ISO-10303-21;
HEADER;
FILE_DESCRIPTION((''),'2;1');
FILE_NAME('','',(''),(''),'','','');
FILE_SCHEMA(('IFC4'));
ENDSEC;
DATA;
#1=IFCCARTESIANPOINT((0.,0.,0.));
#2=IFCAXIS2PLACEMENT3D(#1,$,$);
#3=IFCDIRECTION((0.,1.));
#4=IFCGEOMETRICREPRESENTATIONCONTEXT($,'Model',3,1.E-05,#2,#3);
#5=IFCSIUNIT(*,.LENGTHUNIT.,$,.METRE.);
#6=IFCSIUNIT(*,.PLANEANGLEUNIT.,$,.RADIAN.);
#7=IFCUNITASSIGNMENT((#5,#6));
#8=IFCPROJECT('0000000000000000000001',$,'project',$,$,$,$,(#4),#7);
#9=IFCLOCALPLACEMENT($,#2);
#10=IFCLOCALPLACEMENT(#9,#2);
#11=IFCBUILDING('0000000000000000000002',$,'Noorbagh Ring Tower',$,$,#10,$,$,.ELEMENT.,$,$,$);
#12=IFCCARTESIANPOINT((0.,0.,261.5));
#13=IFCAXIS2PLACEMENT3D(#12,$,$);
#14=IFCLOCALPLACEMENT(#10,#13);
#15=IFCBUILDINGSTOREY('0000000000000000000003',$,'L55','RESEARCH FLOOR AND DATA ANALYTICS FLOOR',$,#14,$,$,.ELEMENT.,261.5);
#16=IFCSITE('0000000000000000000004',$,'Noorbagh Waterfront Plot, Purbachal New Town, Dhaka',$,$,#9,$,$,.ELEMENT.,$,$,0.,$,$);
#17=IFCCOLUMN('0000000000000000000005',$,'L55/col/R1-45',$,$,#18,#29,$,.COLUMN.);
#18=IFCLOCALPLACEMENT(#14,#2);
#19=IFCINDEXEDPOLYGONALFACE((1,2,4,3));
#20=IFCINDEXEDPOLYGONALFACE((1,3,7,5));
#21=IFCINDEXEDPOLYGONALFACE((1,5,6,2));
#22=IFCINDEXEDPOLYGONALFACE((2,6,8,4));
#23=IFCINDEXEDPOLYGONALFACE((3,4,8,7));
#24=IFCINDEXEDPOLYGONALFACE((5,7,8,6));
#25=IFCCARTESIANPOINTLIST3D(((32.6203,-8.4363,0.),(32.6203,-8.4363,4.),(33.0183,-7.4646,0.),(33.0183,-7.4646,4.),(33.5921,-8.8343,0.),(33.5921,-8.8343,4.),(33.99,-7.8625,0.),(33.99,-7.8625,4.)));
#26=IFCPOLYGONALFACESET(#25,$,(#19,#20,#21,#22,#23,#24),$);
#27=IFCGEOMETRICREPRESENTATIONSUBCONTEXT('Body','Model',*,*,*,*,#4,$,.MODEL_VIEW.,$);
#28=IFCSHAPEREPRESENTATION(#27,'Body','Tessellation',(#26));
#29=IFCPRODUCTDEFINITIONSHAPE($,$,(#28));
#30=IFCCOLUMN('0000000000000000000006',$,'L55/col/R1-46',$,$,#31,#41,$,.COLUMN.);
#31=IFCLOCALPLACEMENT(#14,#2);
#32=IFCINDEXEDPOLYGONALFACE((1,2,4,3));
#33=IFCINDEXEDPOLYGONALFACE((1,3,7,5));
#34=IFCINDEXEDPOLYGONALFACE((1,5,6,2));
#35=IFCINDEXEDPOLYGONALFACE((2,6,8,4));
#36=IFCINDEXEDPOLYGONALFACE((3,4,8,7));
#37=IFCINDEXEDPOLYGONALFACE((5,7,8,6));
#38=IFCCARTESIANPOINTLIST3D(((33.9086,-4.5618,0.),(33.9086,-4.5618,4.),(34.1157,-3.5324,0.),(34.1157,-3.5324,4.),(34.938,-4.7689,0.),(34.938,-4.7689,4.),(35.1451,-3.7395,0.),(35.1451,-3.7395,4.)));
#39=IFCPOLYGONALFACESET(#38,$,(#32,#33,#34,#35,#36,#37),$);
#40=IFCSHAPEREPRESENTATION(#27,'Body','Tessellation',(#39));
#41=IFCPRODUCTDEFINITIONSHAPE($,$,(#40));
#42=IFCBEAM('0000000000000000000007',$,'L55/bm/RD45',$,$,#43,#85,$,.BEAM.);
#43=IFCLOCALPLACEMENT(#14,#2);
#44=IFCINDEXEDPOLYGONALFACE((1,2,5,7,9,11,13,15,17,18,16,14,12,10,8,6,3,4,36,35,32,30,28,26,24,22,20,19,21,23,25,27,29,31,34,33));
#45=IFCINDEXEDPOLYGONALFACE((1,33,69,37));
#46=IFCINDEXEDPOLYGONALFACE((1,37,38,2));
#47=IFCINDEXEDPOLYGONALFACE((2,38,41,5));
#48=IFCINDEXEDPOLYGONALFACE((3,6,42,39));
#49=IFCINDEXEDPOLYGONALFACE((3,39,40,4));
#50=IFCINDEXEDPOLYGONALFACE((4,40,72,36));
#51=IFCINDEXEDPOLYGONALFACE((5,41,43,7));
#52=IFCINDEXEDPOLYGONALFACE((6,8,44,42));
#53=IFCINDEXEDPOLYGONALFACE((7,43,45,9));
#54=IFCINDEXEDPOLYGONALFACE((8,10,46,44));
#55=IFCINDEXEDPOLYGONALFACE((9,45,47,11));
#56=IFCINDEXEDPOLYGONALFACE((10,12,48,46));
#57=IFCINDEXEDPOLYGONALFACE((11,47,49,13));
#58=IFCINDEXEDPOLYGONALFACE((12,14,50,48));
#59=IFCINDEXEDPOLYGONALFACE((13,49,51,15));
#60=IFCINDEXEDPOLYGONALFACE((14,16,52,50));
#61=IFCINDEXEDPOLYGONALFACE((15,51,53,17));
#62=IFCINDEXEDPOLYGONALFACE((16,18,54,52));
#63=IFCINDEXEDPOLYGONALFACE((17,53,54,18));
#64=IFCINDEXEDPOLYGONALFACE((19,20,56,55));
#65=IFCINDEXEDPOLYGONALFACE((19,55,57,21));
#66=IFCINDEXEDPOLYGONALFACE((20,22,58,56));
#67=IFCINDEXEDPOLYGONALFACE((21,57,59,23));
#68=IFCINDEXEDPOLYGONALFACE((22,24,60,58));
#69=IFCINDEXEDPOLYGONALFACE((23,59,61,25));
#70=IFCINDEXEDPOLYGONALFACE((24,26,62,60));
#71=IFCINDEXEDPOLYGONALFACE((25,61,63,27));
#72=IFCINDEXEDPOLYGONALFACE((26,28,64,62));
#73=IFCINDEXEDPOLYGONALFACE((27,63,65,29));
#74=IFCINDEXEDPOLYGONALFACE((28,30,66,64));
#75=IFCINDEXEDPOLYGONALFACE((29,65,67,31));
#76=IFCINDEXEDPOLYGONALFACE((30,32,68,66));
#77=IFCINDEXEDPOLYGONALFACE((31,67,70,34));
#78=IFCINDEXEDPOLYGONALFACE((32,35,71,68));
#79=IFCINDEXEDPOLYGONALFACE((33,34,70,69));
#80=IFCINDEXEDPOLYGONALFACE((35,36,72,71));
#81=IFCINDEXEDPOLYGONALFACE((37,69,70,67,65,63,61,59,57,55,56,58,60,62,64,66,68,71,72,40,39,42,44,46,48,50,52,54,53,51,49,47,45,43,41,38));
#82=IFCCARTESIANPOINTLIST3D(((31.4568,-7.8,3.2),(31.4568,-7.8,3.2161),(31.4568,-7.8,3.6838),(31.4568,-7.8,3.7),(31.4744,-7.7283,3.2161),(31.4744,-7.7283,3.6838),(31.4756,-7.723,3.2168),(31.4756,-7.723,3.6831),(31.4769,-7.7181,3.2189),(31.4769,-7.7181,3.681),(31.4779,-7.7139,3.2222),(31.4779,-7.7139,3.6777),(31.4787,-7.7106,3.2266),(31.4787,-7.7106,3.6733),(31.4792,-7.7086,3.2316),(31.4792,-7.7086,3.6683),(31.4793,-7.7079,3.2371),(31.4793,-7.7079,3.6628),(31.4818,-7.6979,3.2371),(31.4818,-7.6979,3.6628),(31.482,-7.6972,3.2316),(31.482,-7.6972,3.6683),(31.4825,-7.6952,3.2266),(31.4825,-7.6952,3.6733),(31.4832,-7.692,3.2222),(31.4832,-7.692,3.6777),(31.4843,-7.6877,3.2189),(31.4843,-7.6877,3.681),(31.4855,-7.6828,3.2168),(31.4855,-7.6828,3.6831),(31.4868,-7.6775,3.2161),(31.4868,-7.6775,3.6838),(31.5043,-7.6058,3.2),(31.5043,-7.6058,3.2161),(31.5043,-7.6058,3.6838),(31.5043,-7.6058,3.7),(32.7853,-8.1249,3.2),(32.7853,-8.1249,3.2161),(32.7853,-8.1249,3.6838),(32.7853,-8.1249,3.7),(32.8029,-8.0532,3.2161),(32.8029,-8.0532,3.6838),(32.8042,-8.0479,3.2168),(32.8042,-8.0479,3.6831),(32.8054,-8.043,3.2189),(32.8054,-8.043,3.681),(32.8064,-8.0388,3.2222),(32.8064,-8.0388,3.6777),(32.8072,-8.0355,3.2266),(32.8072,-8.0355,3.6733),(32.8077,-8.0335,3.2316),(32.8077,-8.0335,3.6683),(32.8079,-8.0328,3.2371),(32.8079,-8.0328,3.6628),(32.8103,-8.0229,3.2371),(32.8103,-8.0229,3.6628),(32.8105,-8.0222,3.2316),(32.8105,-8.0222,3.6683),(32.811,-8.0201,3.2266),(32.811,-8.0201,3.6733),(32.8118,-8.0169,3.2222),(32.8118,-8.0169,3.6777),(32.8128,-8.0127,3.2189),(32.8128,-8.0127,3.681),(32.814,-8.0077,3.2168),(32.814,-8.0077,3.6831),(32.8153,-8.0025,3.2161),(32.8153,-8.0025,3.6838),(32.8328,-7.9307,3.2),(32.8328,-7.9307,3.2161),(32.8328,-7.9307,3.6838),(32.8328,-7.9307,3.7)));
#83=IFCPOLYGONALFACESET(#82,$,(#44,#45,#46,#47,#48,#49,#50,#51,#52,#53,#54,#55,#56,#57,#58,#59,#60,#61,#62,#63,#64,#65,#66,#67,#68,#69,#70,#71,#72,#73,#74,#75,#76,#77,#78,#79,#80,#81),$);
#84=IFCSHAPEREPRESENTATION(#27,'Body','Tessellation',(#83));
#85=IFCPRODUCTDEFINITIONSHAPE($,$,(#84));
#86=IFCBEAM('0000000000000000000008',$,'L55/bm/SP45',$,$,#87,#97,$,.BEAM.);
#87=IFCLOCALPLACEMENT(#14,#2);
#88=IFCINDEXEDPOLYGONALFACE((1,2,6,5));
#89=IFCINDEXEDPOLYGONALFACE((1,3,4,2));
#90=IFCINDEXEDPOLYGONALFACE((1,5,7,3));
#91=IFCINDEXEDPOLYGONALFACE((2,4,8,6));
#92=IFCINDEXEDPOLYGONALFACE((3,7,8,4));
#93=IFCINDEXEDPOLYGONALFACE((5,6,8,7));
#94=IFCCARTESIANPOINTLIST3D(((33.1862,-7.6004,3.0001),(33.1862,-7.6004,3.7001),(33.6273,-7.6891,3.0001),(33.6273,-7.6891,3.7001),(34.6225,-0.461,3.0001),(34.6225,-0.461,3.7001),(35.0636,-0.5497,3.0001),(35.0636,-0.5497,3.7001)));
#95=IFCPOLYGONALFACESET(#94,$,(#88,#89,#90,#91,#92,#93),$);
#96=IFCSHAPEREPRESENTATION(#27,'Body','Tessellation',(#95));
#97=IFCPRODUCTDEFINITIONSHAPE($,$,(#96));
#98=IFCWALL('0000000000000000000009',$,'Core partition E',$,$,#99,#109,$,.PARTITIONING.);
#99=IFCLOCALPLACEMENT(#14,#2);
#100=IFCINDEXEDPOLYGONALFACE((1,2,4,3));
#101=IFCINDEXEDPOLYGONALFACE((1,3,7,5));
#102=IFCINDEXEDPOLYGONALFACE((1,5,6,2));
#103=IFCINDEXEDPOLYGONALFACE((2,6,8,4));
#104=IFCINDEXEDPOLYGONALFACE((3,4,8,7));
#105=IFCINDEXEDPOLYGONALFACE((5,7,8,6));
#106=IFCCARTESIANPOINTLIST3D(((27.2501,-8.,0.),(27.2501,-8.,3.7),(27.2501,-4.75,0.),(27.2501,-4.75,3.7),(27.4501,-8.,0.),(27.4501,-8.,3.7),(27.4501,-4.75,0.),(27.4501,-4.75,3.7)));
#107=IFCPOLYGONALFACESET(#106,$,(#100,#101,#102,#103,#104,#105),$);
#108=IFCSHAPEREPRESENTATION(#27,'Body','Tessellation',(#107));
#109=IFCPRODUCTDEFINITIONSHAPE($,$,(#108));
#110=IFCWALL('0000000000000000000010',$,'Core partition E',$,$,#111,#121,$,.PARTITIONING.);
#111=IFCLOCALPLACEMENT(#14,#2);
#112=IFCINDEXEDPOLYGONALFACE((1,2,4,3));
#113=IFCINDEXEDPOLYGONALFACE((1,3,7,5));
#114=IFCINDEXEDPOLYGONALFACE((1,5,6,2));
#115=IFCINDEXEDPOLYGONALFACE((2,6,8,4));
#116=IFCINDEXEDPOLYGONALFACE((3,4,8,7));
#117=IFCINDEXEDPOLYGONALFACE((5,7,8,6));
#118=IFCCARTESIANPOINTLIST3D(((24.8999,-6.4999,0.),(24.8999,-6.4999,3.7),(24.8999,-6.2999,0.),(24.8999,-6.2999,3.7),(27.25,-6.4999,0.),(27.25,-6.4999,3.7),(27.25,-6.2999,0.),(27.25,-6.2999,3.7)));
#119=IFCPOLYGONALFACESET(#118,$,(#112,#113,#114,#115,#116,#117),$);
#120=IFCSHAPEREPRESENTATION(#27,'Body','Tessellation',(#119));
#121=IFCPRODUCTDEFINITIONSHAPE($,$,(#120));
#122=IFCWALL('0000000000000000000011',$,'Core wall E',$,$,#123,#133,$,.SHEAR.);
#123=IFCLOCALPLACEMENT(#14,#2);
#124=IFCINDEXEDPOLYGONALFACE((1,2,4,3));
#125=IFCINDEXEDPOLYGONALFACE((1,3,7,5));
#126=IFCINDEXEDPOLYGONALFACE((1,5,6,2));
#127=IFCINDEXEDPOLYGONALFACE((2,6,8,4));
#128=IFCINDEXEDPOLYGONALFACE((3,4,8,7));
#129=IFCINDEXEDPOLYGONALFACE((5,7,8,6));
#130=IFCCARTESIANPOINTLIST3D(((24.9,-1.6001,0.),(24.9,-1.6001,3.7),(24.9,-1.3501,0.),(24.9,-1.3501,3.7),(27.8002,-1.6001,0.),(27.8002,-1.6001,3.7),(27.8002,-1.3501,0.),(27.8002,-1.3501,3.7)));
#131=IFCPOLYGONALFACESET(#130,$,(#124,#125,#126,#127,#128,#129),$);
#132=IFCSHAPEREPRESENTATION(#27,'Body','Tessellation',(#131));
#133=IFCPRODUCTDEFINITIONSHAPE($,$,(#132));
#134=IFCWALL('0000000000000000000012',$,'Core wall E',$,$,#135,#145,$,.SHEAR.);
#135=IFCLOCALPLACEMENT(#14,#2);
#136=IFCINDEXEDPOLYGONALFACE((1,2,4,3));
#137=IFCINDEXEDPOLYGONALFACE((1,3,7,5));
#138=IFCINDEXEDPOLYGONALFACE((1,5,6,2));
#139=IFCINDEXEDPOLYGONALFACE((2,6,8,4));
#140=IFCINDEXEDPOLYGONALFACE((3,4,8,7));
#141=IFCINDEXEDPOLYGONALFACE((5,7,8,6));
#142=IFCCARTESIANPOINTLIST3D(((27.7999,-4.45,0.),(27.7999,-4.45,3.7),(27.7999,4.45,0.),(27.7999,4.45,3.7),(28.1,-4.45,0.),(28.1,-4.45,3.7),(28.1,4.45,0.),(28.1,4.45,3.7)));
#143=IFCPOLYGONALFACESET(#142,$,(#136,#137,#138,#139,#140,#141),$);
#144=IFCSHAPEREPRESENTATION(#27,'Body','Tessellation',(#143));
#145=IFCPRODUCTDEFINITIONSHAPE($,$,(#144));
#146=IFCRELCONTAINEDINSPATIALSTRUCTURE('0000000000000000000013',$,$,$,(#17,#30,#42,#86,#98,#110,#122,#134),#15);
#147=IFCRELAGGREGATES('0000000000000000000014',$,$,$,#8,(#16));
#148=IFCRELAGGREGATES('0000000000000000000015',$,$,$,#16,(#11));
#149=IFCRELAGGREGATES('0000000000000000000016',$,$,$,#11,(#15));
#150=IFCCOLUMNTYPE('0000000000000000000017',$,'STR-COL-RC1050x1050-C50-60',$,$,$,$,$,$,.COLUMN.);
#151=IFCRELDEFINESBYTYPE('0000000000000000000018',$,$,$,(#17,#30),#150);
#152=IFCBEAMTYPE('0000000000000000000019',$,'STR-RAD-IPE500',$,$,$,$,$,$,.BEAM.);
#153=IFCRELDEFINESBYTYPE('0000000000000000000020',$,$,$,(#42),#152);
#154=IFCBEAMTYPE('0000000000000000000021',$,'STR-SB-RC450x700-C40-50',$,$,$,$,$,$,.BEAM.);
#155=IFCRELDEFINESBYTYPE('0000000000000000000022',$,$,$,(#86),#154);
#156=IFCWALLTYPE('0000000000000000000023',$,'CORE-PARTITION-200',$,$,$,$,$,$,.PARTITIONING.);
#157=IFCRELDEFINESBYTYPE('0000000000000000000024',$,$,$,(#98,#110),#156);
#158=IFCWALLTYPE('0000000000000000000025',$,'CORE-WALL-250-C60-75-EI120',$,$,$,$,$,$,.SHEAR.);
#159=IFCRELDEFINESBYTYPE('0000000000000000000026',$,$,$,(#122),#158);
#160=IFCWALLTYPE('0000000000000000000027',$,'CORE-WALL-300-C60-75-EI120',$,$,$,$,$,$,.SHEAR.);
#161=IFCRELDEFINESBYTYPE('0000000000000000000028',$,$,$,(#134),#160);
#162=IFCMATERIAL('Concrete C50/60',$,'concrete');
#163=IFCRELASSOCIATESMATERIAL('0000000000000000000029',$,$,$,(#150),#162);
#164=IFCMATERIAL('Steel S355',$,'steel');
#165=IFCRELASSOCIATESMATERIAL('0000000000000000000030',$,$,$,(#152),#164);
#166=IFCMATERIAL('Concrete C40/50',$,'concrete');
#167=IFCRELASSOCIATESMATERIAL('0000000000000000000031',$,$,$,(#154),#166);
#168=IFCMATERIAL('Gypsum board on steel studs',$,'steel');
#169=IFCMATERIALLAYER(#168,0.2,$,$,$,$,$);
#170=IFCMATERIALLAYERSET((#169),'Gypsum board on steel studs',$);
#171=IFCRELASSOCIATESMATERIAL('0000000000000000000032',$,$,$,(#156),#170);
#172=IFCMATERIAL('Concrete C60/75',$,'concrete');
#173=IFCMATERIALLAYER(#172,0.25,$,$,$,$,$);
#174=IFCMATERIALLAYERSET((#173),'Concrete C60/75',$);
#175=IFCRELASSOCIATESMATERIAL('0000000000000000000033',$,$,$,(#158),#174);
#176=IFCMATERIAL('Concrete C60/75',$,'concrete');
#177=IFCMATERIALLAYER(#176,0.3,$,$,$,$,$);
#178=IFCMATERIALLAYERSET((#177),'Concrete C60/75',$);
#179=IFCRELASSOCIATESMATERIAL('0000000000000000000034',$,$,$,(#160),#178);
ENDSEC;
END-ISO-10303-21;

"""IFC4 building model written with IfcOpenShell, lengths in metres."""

from ifc_helpers import new_model, si_unit, direction, frame, frame_2d, origin, origin_2d, place, context, subcontext, project, spatial, rectangle, i_section, extrude, material, layer, layer_set, material_profile, profile_set, type_object, element, save


model = new_model("IFC4")

# Units and contexts
model_context = context("Model", 3, precision=1e-05, world=origin(), true_north=direction((0.0, 1.0)))
body_context = subcontext(model_context, "Body", "Model", "MODEL_VIEW")
ifc_project = project(units=[si_unit("LENGTHUNIT", "METRE"), si_unit("PLANEANGLEUNIT", "RADIAN")], contexts=[model_context])

# Site, building, storey
site_placement = place(None, origin())
site = spatial("IfcSite", under=ifc_project, at=site_placement, Name="Noorbagh Waterfront Plot, Purbachal New Town, Dhaka", CompositionType="ELEMENT", RefElevation=0.0)
building_placement = place(site_placement, origin())
building = spatial("IfcBuilding", under=site, at=building_placement, Name="Noorbagh Ring Tower", CompositionType="ELEMENT")
storey_placement = place(building_placement, frame((0.0, 0.0, 261.5)))
storey = spatial("IfcBuildingStorey", under=building, at=storey_placement, Name="L55", Description="RESEARCH FLOOR AND DATA ANALYTICS FLOOR", CompositionType="ELEMENT", Elevation=261.5)

# Columns
ifc_material_1 = material(Name="Concrete C50/60", Category="concrete")
ifc_material_profile_1 = material_profile(ifc_material_1, rectangle(XDim=1.05, YDim=1.05, at=origin_2d()), Name="RC1050x1050")
ifc_profile_set_1 = profile_set([ifc_material_profile_1], Name="Concrete C50/60")
column_type = type_object("IfcColumnType", Name="STR-COL-RC1050x1050-C50-60", PredefinedType="COLUMN", material=ifc_profile_set_1)
for number, where, z_axis, x_axis, name in (
    (1, (33.3052, -8.1494, 0.0), (0.0, 0.0, 1.0), (0.378989, 0.925401, 0.0), "L55/col/R1-45"),
    (2, (34.5269, -4.1506, 0.0), (0.0, 0.0, 1.0), (0.19723, 0.980357, 0.0), "L55/col/R1-46"),
):
    element("IfcColumn", number, at=place(storey_placement, frame(where, z_axis=z_axis, x_axis=x_axis)), inside=storey, type_object=column_type, Name=name, PredefinedType="COLUMN", context=body_context, shape_type="SweptSolid", body=[
        extrude(rectangle(XDim=1.05, YDim=1.05, at=origin_2d()), origin(), (0.0, 0.0, 1.0), 4.0),
    ])

# Beams
ifc_material_2 = material(Name="Steel S355", Category="steel")
ifc_material_profile_2 = material_profile(ifc_material_2, i_section(OverallWidth=0.2, OverallDepth=0.5, WebThickness=0.0103, FlangeThickness=0.0161, FilletRadius=0.021, at=origin_2d()), Name="IPE500")
ifc_profile_set_2 = profile_set([ifc_material_profile_2], Name="Steel S355")
beam_type_1 = type_object("IfcBeamType", Name="STR-RAD-IPE500", PredefinedType="BEAM", material=ifc_profile_set_2)
beam_1_placement = place(storey_placement, frame((32.8091, -8.0278, 3.45), z_axis=(-0.971369, 0.237577, 0.0), x_axis=(-0.237577, -0.971369, 0.0)))
element("IfcBeam", 3, at=beam_1_placement, inside=storey, type_object=beam_type_1, Name="L55/bm/RD45", PredefinedType="BEAM", context=body_context, shape_type="SweptSolid", body=[
    extrude(i_section(OverallWidth=0.2, OverallDepth=0.5, WebThickness=0.0103, FlangeThickness=0.0161, FilletRadius=0.021, at=origin_2d()), origin(), (0.0, 0.0, 1.0), 1.3677),
])
ifc_material_3 = material(Name="Concrete C40/50", Category="concrete")
ifc_material_profile_3 = material_profile(ifc_material_3, rectangle(XDim=0.45, YDim=0.7, at=origin_2d()), Name="RC450x700")
ifc_profile_set_3 = profile_set([ifc_material_profile_3], Name="Concrete C40/50")
beam_type_2 = type_object("IfcBeamType", Name="STR-SB-RC450x700-C40-50", PredefinedType="BEAM", material=ifc_profile_set_3)
beam_2_placement = place(storey_placement, frame((33.4067, -7.6448, 3.3501), z_axis=(0.197225, 0.980358, 0.0), x_axis=(-0.980358, 0.197225, 0.0)))
element("IfcBeam", 4, at=beam_2_placement, inside=storey, type_object=beam_type_2, Name="L55/bm/SP45", PredefinedType="BEAM", context=body_context, shape_type="SweptSolid", body=[
    extrude(rectangle(XDim=0.45, YDim=0.7, at=origin_2d()), origin(), (0.0, 0.0, 1.0), 7.2825),
])

# Walls
ifc_material_4 = material(Name="Gypsum board on steel studs", Category="steel")
ifc_layer_1 = layer(ifc_material_4, 0.2)
ifc_layer_set_1 = layer_set([ifc_layer_1], Name="Gypsum board on steel studs")
wall_type_1 = type_object("IfcWallType", Name="CORE-PARTITION-200", PredefinedType="PARTITIONING", material=ifc_layer_set_1)
wall_1_placement = place(storey_placement, frame((27.3501, -8.0, 0.0), z_axis=(0.0, 0.0, 1.0), x_axis=(0.0, 1.0, 0.0)))
element("IfcWall", 5, at=wall_1_placement, inside=storey, type_object=wall_type_1, Name="Core partition E", PredefinedType="PARTITIONING", context=body_context, shape_type="SweptSolid", body=[
    extrude(rectangle(XDim=3.25, YDim=0.2, at=frame_2d((1.625, 0.0))), origin(), (0.0, 0.0, 1.0), 3.7),
])
wall_2_placement = place(storey_placement, frame((24.8999, -6.3999, 0.0), z_axis=(0.0, 0.0, 1.0), x_axis=(1.0, 0.0, 0.0)))
element("IfcWall", 6, at=wall_2_placement, inside=storey, type_object=wall_type_1, Name="Core partition E", PredefinedType="PARTITIONING", context=body_context, shape_type="SweptSolid", body=[
    extrude(rectangle(XDim=2.3501, YDim=0.2, at=frame_2d((1.175, 0.0))), origin(), (0.0, 0.0, 1.0), 3.7),
])
ifc_material_5 = material(Name="Concrete C60/75", Category="concrete")
ifc_layer_2 = layer(ifc_material_5, 0.25)
ifc_layer_set_2 = layer_set([ifc_layer_2], Name="Concrete C60/75")
wall_type_2 = type_object("IfcWallType", Name="CORE-WALL-250-C60-75-EI120", PredefinedType="SHEAR", material=ifc_layer_set_2)
wall_3_placement = place(storey_placement, frame((24.8999, -1.4751, 0.0), z_axis=(0.0, 0.0, 1.0), x_axis=(1.0, 0.0, 0.0)))
element("IfcWall", 7, at=wall_3_placement, inside=storey, type_object=wall_type_2, Name="Core wall E", PredefinedType="SHEAR", context=body_context, shape_type="SweptSolid", body=[
    extrude(rectangle(XDim=2.9001, YDim=0.25, at=frame_2d((1.4502, 0.0))), origin(), (0.0, 0.0, 1.0), 3.7),
])
ifc_material_6 = material(Name="Concrete C60/75", Category="concrete")
ifc_layer_3 = layer(ifc_material_6, 0.3)
ifc_layer_set_3 = layer_set([ifc_layer_3], Name="Concrete C60/75")
wall_type_3 = type_object("IfcWallType", Name="CORE-WALL-300-C60-75-EI120", PredefinedType="SHEAR", material=ifc_layer_set_3)
wall_4_placement = place(storey_placement, frame((27.95, -4.45, 0.0), z_axis=(0.0, 0.0, 1.0), x_axis=(0.0, 1.0, 0.0)))
element("IfcWall", 8, at=wall_4_placement, inside=storey, type_object=wall_type_3, Name="Core wall E", PredefinedType="SHEAR", context=body_context, shape_type="SweptSolid", body=[
    extrude(rectangle(XDim=8.8999, YDim=0.3, at=frame_2d((4.45, 0.0))), origin(), (0.0, 0.0, 1.0), 3.7),
])

save(model, "model.ifc")
